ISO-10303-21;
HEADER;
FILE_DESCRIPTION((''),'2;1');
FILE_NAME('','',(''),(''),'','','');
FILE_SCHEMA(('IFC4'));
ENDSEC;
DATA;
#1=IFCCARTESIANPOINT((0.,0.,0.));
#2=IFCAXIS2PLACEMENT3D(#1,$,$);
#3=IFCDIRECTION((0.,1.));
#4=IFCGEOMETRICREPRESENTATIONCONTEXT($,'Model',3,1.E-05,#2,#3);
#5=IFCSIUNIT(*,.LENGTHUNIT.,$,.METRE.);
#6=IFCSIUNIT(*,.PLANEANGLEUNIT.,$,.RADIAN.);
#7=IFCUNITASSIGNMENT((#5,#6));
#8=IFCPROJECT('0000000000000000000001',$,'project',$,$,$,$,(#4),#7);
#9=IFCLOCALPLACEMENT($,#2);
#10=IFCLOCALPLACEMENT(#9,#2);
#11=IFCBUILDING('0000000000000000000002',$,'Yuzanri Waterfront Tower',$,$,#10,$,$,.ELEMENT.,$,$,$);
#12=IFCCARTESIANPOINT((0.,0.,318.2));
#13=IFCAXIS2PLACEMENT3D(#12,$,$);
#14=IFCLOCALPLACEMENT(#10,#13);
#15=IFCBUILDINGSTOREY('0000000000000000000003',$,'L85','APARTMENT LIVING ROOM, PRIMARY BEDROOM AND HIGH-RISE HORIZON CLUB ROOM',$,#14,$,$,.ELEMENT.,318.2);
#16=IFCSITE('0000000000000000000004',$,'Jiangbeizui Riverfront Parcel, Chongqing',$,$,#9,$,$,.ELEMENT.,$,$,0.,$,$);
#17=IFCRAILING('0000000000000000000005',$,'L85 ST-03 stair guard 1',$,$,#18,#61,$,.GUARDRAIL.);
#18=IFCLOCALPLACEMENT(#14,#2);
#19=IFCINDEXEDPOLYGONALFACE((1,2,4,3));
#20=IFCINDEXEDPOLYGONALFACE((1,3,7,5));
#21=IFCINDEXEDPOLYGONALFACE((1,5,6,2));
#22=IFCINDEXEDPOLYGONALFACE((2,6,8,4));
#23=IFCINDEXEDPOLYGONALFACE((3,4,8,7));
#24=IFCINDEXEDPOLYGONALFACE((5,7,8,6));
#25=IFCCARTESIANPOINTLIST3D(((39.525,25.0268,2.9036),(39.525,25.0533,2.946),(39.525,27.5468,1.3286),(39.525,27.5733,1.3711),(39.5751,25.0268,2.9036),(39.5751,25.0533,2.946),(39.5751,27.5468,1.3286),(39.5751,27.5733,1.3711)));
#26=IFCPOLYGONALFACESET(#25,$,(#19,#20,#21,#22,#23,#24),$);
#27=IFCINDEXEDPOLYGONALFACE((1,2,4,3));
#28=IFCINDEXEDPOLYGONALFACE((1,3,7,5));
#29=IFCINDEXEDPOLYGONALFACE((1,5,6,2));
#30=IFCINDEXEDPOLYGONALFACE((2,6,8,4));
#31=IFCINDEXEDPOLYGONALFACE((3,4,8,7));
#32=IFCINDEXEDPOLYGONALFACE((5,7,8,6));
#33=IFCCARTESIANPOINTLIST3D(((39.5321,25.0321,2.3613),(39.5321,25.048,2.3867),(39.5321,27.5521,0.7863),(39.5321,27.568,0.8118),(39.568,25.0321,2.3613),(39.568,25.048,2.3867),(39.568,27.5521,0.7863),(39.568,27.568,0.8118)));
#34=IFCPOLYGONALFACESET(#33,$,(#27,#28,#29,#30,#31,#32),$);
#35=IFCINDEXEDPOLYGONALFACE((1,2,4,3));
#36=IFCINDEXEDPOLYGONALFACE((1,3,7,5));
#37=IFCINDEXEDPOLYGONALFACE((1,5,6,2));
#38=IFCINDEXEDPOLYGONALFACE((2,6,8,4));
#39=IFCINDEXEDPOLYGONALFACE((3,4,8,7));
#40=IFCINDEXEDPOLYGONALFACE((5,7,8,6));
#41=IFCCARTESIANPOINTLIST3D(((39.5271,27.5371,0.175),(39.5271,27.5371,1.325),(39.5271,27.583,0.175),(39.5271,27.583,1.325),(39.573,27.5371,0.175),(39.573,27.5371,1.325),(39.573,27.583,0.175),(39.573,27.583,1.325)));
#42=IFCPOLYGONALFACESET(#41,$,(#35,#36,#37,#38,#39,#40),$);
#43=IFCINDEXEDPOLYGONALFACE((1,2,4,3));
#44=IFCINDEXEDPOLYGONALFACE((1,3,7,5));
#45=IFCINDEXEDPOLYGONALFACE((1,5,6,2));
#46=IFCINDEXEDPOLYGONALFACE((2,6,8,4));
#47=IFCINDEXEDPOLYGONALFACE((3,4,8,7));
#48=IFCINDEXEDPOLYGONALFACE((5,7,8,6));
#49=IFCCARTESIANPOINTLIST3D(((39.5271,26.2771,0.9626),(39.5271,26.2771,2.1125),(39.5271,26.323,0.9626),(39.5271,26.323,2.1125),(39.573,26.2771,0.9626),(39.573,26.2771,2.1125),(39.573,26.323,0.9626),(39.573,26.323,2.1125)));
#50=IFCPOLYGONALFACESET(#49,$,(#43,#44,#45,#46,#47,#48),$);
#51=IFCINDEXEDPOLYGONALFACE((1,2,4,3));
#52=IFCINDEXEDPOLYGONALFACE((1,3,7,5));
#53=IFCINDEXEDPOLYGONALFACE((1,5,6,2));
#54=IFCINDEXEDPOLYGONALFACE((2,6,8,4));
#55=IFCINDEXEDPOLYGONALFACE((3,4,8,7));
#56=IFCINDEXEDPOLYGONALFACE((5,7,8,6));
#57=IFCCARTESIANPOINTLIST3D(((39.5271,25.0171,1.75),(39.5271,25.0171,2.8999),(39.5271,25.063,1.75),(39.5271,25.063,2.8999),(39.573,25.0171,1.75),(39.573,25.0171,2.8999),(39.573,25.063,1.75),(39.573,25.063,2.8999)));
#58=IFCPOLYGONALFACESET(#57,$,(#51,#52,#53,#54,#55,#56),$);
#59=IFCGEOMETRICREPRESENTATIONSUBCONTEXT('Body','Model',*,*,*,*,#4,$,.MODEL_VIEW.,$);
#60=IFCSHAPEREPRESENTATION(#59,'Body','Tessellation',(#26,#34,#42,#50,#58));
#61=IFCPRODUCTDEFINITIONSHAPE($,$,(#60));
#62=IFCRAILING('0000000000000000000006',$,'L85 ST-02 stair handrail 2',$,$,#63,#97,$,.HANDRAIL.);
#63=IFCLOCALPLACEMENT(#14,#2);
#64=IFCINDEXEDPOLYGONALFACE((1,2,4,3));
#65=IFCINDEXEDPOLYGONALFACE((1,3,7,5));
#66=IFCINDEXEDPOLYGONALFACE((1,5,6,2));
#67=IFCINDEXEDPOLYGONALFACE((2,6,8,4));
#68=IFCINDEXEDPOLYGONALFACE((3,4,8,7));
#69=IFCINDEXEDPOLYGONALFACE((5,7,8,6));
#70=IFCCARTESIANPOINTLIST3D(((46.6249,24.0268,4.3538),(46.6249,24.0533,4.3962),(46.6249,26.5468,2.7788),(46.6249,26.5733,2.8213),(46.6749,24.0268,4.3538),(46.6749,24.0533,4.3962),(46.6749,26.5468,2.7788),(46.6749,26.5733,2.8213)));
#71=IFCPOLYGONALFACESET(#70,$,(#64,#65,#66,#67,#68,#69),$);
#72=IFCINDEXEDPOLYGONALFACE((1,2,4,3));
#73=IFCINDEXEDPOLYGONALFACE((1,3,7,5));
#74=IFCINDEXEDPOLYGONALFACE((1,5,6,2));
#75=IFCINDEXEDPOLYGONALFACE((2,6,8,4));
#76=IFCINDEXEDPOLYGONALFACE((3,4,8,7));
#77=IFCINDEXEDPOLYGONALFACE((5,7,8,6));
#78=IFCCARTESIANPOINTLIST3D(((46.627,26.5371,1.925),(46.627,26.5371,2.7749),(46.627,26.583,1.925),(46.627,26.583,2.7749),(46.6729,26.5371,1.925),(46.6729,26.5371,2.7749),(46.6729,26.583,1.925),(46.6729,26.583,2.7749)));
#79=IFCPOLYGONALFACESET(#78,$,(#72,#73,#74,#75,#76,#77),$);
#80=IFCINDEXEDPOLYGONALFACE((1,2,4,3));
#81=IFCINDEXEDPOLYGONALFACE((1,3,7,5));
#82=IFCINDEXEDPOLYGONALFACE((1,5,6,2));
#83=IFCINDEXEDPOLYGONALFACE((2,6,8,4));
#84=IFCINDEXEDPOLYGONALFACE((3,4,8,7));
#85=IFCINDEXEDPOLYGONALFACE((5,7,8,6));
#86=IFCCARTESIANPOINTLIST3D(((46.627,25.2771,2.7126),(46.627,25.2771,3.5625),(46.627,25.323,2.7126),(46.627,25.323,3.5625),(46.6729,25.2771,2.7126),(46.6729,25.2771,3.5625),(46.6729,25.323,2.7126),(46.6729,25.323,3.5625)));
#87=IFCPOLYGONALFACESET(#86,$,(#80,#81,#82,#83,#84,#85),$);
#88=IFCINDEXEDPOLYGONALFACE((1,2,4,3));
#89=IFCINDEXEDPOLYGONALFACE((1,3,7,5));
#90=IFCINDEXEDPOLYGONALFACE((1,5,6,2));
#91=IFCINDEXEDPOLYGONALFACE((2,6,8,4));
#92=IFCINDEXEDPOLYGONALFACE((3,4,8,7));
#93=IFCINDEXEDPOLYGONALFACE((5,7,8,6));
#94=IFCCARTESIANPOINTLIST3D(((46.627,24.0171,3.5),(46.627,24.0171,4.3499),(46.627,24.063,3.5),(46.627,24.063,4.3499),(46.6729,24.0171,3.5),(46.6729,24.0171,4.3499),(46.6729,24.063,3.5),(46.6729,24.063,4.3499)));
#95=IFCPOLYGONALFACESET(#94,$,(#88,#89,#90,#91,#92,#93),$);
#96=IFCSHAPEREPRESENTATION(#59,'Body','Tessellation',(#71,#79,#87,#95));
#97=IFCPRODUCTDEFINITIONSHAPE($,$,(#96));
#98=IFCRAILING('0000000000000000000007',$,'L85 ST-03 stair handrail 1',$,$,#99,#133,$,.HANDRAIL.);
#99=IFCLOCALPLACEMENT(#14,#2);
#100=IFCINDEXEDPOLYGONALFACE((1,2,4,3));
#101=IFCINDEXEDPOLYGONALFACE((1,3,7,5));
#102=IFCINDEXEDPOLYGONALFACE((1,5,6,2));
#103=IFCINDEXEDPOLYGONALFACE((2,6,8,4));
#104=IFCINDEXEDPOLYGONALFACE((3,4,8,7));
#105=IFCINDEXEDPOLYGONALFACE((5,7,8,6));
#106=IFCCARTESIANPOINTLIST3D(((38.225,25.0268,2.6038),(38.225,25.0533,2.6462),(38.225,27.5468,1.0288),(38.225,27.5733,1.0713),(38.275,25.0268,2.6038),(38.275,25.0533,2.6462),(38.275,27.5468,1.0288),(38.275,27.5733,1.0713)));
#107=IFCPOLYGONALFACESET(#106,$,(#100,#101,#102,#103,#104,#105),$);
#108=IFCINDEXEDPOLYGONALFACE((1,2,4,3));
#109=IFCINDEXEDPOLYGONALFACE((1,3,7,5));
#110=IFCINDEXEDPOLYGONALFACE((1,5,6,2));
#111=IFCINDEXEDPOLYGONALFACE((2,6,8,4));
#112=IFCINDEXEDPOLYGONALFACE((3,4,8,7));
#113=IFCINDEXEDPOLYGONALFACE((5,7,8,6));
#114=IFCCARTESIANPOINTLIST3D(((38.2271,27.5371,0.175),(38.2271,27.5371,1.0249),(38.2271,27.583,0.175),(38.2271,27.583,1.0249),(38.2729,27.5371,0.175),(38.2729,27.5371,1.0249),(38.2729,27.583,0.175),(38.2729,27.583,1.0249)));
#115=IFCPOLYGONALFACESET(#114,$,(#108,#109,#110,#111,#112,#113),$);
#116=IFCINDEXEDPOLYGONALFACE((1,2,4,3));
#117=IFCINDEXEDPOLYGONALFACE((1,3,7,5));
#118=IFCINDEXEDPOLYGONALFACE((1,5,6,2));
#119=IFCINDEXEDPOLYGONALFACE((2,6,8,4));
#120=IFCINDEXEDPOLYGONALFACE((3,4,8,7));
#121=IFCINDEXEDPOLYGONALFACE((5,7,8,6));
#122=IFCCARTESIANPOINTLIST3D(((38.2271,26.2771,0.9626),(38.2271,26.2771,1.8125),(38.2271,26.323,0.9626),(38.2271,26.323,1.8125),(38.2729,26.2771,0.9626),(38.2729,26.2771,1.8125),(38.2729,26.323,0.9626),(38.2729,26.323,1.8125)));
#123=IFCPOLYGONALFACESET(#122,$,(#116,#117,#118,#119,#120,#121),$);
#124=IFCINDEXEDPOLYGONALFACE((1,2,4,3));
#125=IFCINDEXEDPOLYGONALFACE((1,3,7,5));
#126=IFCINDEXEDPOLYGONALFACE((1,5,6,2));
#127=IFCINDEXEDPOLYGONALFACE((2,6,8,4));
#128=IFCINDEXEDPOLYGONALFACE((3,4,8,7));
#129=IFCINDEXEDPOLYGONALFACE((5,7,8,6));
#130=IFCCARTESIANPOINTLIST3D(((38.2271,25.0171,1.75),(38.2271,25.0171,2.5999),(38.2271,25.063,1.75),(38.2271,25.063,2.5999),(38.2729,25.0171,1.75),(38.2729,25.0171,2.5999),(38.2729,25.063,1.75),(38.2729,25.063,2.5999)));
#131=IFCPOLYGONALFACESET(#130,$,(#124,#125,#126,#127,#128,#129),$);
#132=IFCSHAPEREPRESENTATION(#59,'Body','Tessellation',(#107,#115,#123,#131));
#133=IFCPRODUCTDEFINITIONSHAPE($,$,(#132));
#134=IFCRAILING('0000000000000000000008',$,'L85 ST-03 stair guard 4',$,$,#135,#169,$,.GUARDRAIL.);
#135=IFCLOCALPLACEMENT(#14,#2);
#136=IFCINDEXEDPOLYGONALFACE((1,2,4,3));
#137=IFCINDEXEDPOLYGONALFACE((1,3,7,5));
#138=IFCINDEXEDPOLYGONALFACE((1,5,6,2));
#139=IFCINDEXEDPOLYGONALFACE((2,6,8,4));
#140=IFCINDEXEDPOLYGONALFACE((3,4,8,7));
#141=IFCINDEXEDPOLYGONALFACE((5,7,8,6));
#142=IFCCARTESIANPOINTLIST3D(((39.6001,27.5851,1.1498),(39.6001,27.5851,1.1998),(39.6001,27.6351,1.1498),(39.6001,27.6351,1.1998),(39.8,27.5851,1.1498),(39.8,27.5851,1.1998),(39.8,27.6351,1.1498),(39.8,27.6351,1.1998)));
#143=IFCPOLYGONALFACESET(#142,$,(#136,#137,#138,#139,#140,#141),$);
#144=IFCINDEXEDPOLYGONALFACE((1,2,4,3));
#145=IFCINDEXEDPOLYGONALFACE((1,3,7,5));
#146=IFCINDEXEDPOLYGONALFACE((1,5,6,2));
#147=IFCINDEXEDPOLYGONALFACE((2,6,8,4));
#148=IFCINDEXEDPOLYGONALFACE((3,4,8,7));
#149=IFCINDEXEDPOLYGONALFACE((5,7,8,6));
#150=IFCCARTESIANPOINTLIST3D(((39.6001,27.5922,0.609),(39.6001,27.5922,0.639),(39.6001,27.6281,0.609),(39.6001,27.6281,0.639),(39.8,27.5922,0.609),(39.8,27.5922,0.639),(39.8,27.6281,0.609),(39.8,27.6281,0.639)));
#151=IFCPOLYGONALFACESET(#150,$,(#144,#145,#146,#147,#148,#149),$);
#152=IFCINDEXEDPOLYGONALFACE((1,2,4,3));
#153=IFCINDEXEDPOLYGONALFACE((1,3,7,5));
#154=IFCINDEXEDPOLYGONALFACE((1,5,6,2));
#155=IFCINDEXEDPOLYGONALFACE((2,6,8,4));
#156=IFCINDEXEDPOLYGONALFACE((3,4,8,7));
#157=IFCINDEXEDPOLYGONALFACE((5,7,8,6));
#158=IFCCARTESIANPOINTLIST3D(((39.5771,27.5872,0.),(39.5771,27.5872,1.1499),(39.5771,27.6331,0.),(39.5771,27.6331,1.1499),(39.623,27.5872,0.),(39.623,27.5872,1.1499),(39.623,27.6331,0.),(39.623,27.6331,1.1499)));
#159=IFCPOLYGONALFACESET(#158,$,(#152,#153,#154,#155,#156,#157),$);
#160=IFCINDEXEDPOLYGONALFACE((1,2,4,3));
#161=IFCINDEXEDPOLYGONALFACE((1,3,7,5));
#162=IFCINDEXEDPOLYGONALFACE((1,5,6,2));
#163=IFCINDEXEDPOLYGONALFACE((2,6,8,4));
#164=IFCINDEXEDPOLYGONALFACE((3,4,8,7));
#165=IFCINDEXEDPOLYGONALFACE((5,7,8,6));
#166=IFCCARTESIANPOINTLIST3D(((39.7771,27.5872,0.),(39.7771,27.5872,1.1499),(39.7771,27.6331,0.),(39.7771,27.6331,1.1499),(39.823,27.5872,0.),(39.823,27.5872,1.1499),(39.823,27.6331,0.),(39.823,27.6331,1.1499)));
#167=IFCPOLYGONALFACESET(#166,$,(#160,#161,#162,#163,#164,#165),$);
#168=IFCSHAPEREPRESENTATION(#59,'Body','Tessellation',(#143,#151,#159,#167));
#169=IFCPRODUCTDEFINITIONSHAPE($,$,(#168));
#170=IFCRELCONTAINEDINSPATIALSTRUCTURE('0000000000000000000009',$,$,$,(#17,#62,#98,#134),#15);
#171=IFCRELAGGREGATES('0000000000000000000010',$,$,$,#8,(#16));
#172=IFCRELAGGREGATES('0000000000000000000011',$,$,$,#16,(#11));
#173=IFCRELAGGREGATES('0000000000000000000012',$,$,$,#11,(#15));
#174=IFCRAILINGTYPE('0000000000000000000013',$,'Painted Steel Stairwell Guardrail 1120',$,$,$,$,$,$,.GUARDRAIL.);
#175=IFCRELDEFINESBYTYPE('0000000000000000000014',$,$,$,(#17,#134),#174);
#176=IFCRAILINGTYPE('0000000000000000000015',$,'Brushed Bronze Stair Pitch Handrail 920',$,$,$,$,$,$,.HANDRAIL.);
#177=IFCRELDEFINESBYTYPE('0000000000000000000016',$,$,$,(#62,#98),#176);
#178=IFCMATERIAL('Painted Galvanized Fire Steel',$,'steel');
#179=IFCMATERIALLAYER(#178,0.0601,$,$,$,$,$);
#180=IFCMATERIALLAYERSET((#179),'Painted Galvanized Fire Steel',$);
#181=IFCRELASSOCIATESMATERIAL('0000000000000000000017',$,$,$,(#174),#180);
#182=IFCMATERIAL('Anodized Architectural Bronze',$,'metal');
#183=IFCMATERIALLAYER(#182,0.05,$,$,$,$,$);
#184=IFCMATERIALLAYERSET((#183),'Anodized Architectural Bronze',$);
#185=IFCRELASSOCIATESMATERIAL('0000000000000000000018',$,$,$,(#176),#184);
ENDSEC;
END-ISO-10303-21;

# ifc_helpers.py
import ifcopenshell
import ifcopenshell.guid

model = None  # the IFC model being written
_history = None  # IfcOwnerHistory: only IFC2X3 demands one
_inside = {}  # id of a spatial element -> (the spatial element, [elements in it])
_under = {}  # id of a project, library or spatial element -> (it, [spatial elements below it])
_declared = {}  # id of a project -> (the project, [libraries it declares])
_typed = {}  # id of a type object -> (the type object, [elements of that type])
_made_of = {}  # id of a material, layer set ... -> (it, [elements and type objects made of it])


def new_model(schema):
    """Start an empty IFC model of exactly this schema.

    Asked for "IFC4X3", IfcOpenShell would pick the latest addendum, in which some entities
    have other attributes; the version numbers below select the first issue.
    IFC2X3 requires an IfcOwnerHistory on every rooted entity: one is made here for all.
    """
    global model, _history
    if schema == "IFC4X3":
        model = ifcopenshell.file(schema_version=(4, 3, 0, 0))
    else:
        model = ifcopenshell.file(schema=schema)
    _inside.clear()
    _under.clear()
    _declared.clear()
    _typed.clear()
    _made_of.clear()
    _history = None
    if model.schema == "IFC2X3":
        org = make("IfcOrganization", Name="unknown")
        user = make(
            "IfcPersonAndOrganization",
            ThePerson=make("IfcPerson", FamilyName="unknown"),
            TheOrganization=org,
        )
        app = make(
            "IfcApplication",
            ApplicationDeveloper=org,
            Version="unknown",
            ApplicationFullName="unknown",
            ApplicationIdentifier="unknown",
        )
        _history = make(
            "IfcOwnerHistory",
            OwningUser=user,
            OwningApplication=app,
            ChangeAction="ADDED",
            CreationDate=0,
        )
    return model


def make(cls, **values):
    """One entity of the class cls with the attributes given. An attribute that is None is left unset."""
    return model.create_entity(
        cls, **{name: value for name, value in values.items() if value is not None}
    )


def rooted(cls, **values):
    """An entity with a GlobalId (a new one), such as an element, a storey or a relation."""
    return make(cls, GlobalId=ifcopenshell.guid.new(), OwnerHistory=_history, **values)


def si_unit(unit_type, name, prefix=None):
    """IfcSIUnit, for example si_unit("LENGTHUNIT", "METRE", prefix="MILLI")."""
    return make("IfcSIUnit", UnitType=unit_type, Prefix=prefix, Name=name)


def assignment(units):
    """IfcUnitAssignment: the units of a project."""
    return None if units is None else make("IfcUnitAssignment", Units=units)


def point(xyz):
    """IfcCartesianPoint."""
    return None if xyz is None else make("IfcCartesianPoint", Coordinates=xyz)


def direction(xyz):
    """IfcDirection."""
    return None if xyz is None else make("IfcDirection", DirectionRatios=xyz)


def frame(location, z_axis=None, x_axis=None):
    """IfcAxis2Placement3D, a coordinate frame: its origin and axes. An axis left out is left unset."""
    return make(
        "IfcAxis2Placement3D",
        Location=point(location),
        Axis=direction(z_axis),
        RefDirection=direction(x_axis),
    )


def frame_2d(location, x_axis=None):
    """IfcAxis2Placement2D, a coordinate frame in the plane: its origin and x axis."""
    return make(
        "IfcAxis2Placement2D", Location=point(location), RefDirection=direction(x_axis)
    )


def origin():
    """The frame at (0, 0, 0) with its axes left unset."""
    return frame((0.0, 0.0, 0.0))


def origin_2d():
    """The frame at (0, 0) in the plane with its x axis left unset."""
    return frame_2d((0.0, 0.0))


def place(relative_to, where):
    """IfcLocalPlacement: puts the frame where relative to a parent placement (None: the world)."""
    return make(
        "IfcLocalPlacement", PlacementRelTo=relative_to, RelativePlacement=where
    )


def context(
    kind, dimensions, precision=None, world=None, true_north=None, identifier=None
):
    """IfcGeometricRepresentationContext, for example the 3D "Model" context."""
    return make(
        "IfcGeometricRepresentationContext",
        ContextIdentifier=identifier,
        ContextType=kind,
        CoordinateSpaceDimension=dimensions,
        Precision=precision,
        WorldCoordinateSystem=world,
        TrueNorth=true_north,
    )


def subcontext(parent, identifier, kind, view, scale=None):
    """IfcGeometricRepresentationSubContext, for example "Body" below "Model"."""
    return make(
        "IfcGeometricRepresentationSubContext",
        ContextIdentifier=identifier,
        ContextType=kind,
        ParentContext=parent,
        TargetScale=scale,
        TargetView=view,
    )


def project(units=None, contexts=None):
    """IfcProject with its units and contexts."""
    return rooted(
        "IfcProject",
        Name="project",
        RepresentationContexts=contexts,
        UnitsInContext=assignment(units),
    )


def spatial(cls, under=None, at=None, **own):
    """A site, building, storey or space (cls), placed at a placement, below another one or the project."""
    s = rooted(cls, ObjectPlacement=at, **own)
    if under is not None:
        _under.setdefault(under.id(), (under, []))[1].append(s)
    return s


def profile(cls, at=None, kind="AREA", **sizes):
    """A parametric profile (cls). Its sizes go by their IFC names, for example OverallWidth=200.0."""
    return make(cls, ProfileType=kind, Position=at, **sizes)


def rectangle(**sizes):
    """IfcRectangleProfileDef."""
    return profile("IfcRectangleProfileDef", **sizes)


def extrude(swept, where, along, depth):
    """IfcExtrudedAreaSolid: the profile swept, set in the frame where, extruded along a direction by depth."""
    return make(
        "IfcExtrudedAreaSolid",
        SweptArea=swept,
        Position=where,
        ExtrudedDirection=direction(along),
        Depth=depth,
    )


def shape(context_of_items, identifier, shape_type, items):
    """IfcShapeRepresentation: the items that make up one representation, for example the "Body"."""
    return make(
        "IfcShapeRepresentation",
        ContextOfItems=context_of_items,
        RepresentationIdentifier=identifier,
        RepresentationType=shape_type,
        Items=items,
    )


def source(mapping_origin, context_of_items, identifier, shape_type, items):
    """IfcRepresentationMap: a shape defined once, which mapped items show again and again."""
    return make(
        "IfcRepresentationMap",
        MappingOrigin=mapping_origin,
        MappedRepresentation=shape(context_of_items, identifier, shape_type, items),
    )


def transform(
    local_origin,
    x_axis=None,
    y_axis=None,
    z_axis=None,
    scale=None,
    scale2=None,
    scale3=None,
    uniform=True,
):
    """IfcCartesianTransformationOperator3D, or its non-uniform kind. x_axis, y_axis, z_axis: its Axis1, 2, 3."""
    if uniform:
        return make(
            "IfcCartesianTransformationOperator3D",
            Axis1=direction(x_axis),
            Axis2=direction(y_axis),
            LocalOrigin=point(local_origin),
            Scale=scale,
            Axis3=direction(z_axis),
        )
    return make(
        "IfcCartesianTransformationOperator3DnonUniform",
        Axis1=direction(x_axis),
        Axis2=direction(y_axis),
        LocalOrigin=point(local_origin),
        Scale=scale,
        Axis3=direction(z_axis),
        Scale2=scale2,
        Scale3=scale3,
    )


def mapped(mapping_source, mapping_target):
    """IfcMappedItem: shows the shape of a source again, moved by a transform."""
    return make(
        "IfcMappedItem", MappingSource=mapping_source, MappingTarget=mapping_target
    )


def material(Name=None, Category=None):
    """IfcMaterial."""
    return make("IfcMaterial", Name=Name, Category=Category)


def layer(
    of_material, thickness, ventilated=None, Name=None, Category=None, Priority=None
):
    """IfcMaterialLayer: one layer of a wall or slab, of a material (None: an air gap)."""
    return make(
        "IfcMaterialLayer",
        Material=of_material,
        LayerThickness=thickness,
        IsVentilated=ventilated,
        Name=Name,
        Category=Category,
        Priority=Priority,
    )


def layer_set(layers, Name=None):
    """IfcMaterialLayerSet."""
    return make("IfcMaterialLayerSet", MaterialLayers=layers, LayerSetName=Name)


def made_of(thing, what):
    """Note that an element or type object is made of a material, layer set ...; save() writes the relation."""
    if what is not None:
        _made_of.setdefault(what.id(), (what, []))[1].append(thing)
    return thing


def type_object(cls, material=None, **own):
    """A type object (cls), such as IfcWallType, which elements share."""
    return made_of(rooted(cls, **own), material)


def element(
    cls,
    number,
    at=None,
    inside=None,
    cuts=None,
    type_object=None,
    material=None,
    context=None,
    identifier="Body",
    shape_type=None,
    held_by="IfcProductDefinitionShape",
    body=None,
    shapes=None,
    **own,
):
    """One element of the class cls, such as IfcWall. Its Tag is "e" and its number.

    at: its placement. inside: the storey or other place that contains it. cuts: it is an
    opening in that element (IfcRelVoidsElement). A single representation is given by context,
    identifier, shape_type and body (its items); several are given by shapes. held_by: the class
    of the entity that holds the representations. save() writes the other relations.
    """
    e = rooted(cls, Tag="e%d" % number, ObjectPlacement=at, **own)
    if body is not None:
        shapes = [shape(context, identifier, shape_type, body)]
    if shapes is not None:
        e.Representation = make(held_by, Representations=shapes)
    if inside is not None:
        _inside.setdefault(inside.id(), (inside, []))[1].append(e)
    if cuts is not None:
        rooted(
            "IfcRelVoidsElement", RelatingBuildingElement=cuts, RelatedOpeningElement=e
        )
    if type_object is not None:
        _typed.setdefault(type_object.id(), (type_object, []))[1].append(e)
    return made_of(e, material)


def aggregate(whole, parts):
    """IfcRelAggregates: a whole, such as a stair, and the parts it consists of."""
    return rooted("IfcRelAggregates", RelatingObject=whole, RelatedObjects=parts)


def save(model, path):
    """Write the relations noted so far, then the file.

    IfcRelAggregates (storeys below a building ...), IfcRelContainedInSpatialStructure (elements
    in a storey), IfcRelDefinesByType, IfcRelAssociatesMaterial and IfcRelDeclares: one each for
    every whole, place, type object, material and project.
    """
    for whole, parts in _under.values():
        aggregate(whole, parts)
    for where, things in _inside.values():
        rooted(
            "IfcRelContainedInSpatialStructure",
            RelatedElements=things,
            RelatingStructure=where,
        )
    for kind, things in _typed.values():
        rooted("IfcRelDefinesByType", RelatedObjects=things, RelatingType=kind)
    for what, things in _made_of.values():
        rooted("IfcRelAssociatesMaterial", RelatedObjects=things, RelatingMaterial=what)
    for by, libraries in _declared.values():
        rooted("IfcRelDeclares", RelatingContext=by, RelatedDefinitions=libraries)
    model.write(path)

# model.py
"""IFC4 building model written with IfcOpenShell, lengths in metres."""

from ifc_helpers import new_model, si_unit, direction, frame, origin, origin_2d, place, context, subcontext, project, spatial, rectangle, extrude, source, transform, mapped, material, layer, layer_set, type_object, element, save


model = new_model("IFC4")

# Units and contexts
model_context = context("Model", 3, precision=1e-05, world=origin(), true_north=direction((0.0, 1.0)))
body_context = subcontext(model_context, "Body", "Model", "MODEL_VIEW")
ifc_project = project(units=[si_unit("LENGTHUNIT", "METRE"), si_unit("PLANEANGLEUNIT", "RADIAN")], contexts=[model_context])

# Site, building, storey
site_placement = place(None, origin())
site = spatial("IfcSite", under=ifc_project, at=site_placement, Name="Jiangbeizui Riverfront Parcel, Chongqing", CompositionType="ELEMENT", RefElevation=0.0)
building_placement = place(site_placement, origin())
building = spatial("IfcBuilding", under=site, at=building_placement, Name="Yuzanri Waterfront Tower", CompositionType="ELEMENT")
storey_placement = place(building_placement, frame((0.0, 0.0, 318.2)))
storey = spatial("IfcBuildingStorey", under=building, at=storey_placement, Name="L85", Description="APARTMENT LIVING ROOM, PRIMARY BEDROOM AND HIGH-RISE HORIZON CLUB ROOM", CompositionType="ELEMENT", Elevation=318.2)

# Railings
ifc_material_1 = material(Name="Painted Galvanized Fire Steel", Category="steel")
ifc_layer_1 = layer(ifc_material_1, 0.0601)
ifc_layer_set_1 = layer_set([ifc_layer_1], Name="Painted Galvanized Fire Steel")
railing_type_1 = type_object("IfcRailingType", Name="Painted Steel Stairwell Guardrail 1120", PredefinedType="GUARDRAIL", material=ifc_layer_set_1)
shared_shape_1 = source(origin(), body_context, "Body", "SweptSolid", [
    extrude(rectangle(XDim=0.05, YDim=0.05, at=origin_2d()), frame((0.0, 0.0, 1.1748), z_axis=(0.0, -0.848008, 0.529984), x_axis=(1.0, 0.0, 0.0)), (0.0, 0.0, 1.0), 2.9717),
    extrude(rectangle(XDim=0.0359, YDim=0.03, at=origin_2d()), frame((0.0, 0.0, 0.624), z_axis=(0.0, -0.848008, 0.529984), x_axis=(1.0, 0.0, 0.0)), (0.0, 0.0, 1.0), 2.9717),
    extrude(rectangle(XDim=0.0459, YDim=0.0459, at=origin_2d()), origin(), (0.0, 0.0, 1.0), 1.1499),
    extrude(rectangle(XDim=0.0459, YDim=0.0459, at=origin_2d()), frame((0.0, -1.26, 0.7876)), (0.0, 0.0, 1.0), 1.1499),
    extrude(rectangle(XDim=0.0459, YDim=0.0459, at=origin_2d()), frame((0.0, -2.52, 1.575)), (0.0, 0.0, 1.0), 1.1499),
])
for number, where, name in (
    (1, (39.55, 27.5601, 0.175), "L85 ST-03 stair guard 1"),
):
    element("IfcRailing", number, at=place(storey_placement, frame(where)), inside=storey, type_object=railing_type_1, Name=name, PredefinedType="GUARDRAIL", context=body_context, shape_type="MappedRepresentation", body=[
        mapped(shared_shape_1, transform((0.0, 0.0, 0.0), scale=1.0)),
    ])
ifc_material_2 = material(Name="Anodized Architectural Bronze", Category="metal")
ifc_layer_2 = layer(ifc_material_2, 0.05)
ifc_layer_set_2 = layer_set([ifc_layer_2], Name="Anodized Architectural Bronze")
railing_type_2 = type_object("IfcRailingType", Name="Brushed Bronze Stair Pitch Handrail 920", PredefinedType="HANDRAIL", material=ifc_layer_set_2)
shared_shape_2 = source(origin(), body_context, "Body", "SweptSolid", [
    extrude(rectangle(XDim=0.05, YDim=0.05, at=origin_2d()), frame((0.0, 0.0, 0.875), z_axis=(0.0, -0.848008, 0.529984), x_axis=(1.0, 0.0, 0.0)), (0.0, 0.0, 1.0), 2.9717),
    extrude(rectangle(XDim=0.0459, YDim=0.0459, at=origin_2d()), origin(), (0.0, 0.0, 1.0), 0.8499),
    extrude(rectangle(XDim=0.0459, YDim=0.0459, at=origin_2d()), frame((0.0, -1.26, 0.7876)), (0.0, 0.0, 1.0), 0.8499),
    extrude(rectangle(XDim=0.0459, YDim=0.0459, at=origin_2d()), frame((0.0, -2.52, 1.575)), (0.0, 0.0, 1.0), 0.8499),
])
for number, where, name in (
    (2, (46.6499, 26.5601, 1.925), "L85 ST-02 stair handrail 2"),
    (3, (38.25, 27.5601, 0.175), "L85 ST-03 stair handrail 1"),
):
    element("IfcRailing", number, at=place(storey_placement, frame(where)), inside=storey, type_object=railing_type_2, Name=name, PredefinedType="HANDRAIL", context=body_context, shape_type="MappedRepresentation", body=[
        mapped(shared_shape_2, transform((0.0, 0.0, 0.0), scale=1.0)),
    ])
shared_shape_3 = source(origin(), body_context, "Body", "SweptSolid", [
    extrude(rectangle(XDim=0.05, YDim=0.05, at=origin_2d()), frame((0.0, 0.0, 1.1748), z_axis=(1.0, 0.0, 0.0), x_axis=(0.0, 1.0, 0.0)), (0.0, 0.0, 1.0), 0.2),
    extrude(rectangle(XDim=0.0359, YDim=0.03, at=origin_2d()), frame((0.0, 0.0, 0.624), z_axis=(1.0, 0.0, 0.0), x_axis=(0.0, 1.0, 0.0)), (0.0, 0.0, 1.0), 0.2),
    extrude(rectangle(XDim=0.0459, YDim=0.0459, at=origin_2d()), origin(), (0.0, 0.0, 1.0), 1.1499),
    extrude(rectangle(XDim=0.0459, YDim=0.0459, at=origin_2d()), frame((0.2, 0.0, 0.0)), (0.0, 0.0, 1.0), 1.1499),
])
railing_1_placement = place(storey_placement, frame((39.6001, 27.6101, 0.0)))
element("IfcRailing", 4, at=railing_1_placement, inside=storey, type_object=railing_type_1, Name="L85 ST-03 stair guard 4", PredefinedType="GUARDRAIL", context=body_context, shape_type="MappedRepresentation", body=[
    mapped(shared_shape_3, transform((0.0, 0.0, 0.0), scale=1.0)),
])

save(model, "model.ifc")
